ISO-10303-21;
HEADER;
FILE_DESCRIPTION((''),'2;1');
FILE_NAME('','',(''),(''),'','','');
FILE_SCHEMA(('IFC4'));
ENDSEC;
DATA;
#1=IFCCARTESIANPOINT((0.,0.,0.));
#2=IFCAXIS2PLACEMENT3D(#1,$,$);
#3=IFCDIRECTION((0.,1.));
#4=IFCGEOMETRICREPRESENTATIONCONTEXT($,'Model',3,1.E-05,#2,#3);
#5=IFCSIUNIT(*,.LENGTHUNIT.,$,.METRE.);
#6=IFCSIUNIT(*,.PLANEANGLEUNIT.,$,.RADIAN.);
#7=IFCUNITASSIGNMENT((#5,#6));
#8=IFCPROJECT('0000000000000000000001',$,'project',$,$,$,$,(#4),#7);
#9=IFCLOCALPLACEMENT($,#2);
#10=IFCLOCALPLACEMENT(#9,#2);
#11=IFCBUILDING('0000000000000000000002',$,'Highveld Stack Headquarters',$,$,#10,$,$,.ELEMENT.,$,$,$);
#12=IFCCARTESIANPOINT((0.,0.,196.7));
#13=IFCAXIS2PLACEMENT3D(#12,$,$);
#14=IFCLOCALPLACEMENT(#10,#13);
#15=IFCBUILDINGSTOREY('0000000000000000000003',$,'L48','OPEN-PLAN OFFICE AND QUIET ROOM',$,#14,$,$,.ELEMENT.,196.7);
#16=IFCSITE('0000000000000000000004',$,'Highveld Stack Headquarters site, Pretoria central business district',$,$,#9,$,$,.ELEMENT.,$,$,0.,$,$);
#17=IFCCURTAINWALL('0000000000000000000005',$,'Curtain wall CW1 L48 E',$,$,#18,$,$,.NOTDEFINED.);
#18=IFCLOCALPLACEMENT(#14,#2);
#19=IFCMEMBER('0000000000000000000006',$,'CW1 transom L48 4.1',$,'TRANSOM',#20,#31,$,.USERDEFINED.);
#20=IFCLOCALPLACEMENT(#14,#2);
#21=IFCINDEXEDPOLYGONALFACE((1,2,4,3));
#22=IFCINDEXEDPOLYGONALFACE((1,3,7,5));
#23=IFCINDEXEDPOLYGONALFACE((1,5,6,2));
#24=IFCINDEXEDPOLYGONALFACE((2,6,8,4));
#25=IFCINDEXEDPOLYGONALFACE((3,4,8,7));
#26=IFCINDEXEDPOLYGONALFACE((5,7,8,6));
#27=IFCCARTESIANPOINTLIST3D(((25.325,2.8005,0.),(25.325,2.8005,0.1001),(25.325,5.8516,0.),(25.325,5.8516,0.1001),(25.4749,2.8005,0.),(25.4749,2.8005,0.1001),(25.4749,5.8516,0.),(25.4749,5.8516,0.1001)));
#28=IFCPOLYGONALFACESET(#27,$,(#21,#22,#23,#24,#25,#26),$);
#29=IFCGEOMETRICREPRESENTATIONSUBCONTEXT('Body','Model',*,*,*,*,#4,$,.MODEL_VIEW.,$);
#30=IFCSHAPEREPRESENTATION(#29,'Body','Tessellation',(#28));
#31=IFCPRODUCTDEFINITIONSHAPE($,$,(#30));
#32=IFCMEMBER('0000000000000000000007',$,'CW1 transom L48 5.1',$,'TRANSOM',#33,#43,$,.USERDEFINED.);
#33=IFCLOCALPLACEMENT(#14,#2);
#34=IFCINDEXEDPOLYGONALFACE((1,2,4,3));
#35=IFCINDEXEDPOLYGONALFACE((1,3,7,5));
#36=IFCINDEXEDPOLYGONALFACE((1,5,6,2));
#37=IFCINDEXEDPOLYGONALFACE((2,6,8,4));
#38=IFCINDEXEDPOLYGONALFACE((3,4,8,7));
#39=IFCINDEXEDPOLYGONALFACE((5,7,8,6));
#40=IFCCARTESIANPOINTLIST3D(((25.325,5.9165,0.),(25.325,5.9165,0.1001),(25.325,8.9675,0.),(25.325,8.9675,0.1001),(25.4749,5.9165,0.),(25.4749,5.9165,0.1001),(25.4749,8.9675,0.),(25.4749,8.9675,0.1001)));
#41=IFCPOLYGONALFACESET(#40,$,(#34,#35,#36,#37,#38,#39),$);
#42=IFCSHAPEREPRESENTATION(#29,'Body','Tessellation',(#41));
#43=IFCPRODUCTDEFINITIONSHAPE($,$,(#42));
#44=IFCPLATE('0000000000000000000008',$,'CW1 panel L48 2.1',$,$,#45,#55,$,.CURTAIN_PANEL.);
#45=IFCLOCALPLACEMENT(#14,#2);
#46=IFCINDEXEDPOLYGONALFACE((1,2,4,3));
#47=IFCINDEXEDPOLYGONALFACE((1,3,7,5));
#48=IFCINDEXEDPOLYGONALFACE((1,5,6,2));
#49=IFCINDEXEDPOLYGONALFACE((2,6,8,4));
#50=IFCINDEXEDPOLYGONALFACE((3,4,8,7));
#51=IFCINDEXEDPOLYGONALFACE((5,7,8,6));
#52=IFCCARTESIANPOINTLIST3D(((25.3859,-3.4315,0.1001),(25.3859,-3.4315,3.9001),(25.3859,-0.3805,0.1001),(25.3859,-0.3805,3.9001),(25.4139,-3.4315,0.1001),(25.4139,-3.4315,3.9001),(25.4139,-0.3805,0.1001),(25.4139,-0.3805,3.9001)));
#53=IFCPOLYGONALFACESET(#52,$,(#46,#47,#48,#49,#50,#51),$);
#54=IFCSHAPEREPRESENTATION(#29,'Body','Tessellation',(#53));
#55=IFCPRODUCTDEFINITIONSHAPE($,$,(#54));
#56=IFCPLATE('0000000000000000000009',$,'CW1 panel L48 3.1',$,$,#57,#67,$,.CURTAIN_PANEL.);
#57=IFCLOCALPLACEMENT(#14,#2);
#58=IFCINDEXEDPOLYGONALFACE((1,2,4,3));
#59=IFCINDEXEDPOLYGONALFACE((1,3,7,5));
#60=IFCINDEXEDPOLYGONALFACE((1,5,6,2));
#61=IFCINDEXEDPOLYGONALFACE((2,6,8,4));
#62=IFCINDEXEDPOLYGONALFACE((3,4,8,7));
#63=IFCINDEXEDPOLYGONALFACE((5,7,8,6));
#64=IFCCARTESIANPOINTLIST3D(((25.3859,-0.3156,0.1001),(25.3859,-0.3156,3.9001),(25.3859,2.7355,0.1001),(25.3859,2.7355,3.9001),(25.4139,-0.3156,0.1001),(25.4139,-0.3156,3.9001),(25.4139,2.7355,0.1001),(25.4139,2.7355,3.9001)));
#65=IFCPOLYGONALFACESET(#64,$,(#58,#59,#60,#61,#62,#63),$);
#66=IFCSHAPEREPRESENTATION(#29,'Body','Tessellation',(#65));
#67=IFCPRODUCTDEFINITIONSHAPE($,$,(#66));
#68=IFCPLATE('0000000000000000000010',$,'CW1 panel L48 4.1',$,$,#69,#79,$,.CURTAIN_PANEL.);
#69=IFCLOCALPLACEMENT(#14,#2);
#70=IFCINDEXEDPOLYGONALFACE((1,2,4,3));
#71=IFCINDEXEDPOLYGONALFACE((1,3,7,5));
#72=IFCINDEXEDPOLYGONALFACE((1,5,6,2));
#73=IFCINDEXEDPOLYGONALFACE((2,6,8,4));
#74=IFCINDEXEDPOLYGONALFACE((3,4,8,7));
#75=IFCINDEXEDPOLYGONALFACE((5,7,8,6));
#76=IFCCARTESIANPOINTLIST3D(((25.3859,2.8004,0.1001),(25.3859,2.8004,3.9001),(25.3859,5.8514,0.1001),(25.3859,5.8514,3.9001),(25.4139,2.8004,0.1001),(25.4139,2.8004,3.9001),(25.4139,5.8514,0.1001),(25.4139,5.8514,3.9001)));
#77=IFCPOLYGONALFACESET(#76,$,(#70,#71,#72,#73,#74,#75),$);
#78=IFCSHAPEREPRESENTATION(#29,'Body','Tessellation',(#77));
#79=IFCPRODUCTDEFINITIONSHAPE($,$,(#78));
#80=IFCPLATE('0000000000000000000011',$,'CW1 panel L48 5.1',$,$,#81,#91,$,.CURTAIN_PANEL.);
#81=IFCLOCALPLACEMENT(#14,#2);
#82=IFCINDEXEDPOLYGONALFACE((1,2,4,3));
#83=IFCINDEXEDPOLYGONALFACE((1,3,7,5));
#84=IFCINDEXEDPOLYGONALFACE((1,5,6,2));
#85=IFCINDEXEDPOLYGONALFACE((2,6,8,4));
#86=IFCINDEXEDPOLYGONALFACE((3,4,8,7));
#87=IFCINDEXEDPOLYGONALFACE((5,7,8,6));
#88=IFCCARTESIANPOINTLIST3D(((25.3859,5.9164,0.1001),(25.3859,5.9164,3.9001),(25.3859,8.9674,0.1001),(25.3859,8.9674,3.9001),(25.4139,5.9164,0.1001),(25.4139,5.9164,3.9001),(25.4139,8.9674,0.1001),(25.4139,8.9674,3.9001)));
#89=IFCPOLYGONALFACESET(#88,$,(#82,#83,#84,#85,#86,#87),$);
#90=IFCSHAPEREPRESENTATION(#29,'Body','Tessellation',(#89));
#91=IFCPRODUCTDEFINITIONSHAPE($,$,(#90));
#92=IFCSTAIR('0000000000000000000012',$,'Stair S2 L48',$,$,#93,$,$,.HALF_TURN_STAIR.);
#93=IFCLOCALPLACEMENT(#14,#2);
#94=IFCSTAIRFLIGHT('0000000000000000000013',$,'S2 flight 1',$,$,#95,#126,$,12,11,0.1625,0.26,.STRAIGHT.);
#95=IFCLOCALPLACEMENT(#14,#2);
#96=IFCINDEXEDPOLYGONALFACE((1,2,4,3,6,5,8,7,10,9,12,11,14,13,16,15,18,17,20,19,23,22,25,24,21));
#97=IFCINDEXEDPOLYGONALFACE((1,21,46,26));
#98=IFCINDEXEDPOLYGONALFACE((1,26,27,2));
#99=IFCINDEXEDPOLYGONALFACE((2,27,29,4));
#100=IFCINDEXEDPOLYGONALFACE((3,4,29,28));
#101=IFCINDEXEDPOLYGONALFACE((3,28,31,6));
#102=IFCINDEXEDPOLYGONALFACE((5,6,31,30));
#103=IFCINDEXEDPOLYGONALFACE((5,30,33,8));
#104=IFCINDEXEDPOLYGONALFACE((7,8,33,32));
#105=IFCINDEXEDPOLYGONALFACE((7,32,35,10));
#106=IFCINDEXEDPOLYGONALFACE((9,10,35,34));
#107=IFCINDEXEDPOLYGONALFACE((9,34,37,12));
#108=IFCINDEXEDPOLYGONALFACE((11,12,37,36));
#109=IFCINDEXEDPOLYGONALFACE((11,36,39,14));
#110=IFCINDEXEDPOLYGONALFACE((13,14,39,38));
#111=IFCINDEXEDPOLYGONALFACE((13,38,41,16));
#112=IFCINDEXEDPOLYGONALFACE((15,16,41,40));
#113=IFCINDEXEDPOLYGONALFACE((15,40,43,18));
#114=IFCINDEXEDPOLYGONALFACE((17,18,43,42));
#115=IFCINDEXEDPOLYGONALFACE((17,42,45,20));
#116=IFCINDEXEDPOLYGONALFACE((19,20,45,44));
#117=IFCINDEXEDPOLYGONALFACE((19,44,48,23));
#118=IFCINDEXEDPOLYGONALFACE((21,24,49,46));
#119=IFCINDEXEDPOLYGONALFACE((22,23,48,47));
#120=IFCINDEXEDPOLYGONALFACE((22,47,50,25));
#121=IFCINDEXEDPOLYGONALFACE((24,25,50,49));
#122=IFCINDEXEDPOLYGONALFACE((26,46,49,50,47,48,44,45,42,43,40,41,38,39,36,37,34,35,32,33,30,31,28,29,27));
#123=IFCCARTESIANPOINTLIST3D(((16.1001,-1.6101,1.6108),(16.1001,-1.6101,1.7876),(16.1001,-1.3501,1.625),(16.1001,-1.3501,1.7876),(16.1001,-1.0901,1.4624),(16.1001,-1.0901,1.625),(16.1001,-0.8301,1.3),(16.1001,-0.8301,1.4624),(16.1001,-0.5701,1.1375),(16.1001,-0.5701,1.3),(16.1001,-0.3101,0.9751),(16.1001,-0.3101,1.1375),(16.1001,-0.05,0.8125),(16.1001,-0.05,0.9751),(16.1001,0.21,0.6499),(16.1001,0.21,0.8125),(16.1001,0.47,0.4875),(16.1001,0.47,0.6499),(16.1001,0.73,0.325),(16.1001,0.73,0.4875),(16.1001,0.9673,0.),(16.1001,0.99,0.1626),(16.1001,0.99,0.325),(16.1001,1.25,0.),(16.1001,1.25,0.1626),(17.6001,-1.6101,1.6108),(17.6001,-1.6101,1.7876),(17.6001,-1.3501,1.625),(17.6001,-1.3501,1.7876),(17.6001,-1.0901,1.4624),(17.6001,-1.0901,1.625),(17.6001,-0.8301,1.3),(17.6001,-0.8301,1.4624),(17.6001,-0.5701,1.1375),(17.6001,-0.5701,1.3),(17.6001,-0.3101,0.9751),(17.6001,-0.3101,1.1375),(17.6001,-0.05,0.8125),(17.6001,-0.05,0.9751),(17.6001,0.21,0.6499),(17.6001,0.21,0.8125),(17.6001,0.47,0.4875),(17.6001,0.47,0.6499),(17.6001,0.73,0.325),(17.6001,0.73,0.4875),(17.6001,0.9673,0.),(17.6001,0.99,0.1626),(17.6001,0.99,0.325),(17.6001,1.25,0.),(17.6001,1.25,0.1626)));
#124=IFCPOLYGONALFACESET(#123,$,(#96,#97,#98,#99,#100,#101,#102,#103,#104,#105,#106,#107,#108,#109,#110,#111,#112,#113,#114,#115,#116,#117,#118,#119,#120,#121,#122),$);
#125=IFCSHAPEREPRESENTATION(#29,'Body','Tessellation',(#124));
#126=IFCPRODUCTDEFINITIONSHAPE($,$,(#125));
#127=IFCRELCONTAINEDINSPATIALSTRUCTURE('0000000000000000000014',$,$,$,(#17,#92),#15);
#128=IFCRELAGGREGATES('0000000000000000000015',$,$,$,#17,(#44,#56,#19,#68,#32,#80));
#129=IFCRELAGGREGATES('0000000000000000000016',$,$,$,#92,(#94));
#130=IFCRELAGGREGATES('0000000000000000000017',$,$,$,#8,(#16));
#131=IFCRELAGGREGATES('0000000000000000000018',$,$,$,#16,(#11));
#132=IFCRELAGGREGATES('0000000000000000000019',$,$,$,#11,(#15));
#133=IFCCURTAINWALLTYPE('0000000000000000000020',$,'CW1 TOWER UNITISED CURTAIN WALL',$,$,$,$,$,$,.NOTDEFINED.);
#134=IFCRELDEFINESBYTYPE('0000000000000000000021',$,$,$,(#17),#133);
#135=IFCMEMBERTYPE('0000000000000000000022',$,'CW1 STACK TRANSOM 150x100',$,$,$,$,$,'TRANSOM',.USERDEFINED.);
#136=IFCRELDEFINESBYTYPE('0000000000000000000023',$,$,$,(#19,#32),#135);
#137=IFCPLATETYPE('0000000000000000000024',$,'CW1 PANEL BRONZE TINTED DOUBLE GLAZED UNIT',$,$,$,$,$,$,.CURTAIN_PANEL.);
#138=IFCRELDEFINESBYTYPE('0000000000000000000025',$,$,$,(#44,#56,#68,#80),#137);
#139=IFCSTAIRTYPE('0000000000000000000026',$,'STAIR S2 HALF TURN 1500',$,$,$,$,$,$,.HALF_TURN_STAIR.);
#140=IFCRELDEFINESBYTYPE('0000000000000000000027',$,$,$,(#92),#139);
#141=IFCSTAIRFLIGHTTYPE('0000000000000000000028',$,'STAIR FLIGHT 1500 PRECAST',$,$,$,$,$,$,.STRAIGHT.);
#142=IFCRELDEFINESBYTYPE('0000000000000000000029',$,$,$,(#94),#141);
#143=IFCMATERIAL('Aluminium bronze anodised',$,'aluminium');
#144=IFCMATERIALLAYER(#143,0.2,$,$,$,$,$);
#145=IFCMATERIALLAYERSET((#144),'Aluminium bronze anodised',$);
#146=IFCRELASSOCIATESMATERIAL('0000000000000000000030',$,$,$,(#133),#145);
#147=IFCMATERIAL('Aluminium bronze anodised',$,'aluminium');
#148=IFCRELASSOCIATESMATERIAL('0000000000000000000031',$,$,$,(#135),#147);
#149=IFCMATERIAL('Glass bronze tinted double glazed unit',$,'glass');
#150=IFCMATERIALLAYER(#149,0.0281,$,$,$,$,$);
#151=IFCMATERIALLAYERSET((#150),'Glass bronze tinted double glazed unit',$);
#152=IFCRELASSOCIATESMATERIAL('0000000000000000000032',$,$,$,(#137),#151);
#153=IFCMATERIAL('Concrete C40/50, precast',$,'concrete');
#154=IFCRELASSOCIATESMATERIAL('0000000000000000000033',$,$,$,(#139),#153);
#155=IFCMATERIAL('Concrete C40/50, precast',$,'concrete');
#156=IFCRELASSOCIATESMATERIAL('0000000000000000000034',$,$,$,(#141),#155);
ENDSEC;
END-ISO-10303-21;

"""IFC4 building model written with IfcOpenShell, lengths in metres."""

from ifc_helpers import new_model, si_unit, direction, frame, origin, origin_2d, place, context, subcontext, project, spatial, polyline, rectangle, outline, extrude, material, layer, layer_set, material_profile, profile_set, type_object, element, aggregate, save


model = new_model("IFC4")

# Units and contexts
model_context = context("Model", 3, precision=1e-05, world=origin(), true_north=direction((0.0, 1.0)))
body_context = subcontext(model_context, "Body", "Model", "MODEL_VIEW")
ifc_project = project(units=[si_unit("LENGTHUNIT", "METRE"), si_unit("PLANEANGLEUNIT", "RADIAN")], contexts=[model_context])

# Site, building, storey
site_placement = place(None, origin())
site = spatial("IfcSite", under=ifc_project, at=site_placement, Name="Highveld Stack Headquarters site, Pretoria central business district", CompositionType="ELEMENT", RefElevation=0.0)
building_placement = place(site_placement, origin())
building = spatial("IfcBuilding", under=site, at=building_placement, Name="Highveld Stack Headquarters", CompositionType="ELEMENT")
storey_placement = place(building_placement, frame((0.0, 0.0, 196.7)))
storey = spatial("IfcBuildingStorey", under=building, at=storey_placement, Name="L48", Description="OPEN-PLAN OFFICE AND QUIET ROOM", CompositionType="ELEMENT", Elevation=196.7)

# Curtain wall, members, plates
ifc_material_1 = material(Name="Aluminium bronze anodised", Category="aluminium")
ifc_layer_1 = layer(ifc_material_1, 0.2)
ifc_layer_set_1 = layer_set([ifc_layer_1], Name="Aluminium bronze anodised")
curtain_wall_type = type_object("IfcCurtainWallType", Name="CW1 TOWER UNITISED CURTAIN WALL", PredefinedType="NOTDEFINED", material=ifc_layer_set_1)
curtain_wall_placement = place(storey_placement, origin())
curtain_wall = element("IfcCurtainWall", 1, at=curtain_wall_placement, inside=storey, type_object=curtain_wall_type, Name="Curtain wall CW1 L48 E", PredefinedType="NOTDEFINED")
ifc_material_2 = material(Name="Aluminium bronze anodised", Category="aluminium")
ifc_material_profile_1 = material_profile(ifc_material_2, rectangle(XDim=0.1499, YDim=0.1001, at=origin_2d()), Name="CW1 TRANSOM 150x100")
ifc_profile_set_1 = profile_set([ifc_material_profile_1], Name="Aluminium bronze anodised")
member_type_1 = type_object("IfcMemberType", Name="CW1 STACK TRANSOM 150x100", ElementType="TRANSOM", PredefinedType="USERDEFINED", material=ifc_profile_set_1)
member_1_placement = place(storey_placement, frame((25.3999, 2.8005, 0.05), z_axis=(0.0, 1.0, 0.0), x_axis=(-1.0, 0.0, 0.0)))
member_1 = element("IfcMember", 2, at=member_1_placement, type_object=member_type_1, Name="CW1 transom L48 4.1", ObjectType="TRANSOM", PredefinedType="USERDEFINED", context=body_context, shape_type="SweptSolid", body=[
    extrude(rectangle(XDim=0.1499, YDim=0.1001, at=origin_2d()), origin(), (0.0, 0.0, 1.0), 3.051),
])
member_2_placement = place(storey_placement, frame((25.3999, 5.9165, 0.05), z_axis=(0.0, 1.0, 0.0), x_axis=(-1.0, 0.0, 0.0)))
member_2 = element("IfcMember", 3, at=member_2_placement, type_object=member_type_1, Name="CW1 transom L48 5.1", ObjectType="TRANSOM", PredefinedType="USERDEFINED", context=body_context, shape_type="SweptSolid", body=[
    extrude(rectangle(XDim=0.1499, YDim=0.1001, at=origin_2d()), origin(), (0.0, 0.0, 1.0), 3.051),
])
ifc_material_3 = material(Name="Glass bronze tinted double glazed unit", Category="glass")
ifc_layer_2 = layer(ifc_material_3, 0.0281)
ifc_layer_set_2 = layer_set([ifc_layer_2], Name="Glass bronze tinted double glazed unit")
plate_type = type_object("IfcPlateType", Name="CW1 PANEL BRONZE TINTED DOUBLE GLAZED UNIT", PredefinedType="CURTAIN_PANEL", material=ifc_layer_set_2)
plate_1_placement = place(storey_placement, frame((25.3999, -1.906, 0.1001), z_axis=(0.0, 0.0, 1.0), x_axis=(0.0, 1.0, 0.0)))
plate_1 = element("IfcPlate", 4, at=plate_1_placement, type_object=plate_type, Name="CW1 panel L48 2.1", PredefinedType="CURTAIN_PANEL", context=body_context, shape_type="SweptSolid", body=[
    extrude(rectangle(XDim=3.051, YDim=0.0281, at=origin_2d()), origin(), (0.0, 0.0, 1.0), 3.8),
])
plate_2_placement = place(storey_placement, frame((25.3999, 1.21, 0.1001), z_axis=(0.0, 0.0, 1.0), x_axis=(0.0, 1.0, 0.0)))
plate_2 = element("IfcPlate", 5, at=plate_2_placement, type_object=plate_type, Name="CW1 panel L48 3.1", PredefinedType="CURTAIN_PANEL", context=body_context, shape_type="SweptSolid", body=[
    extrude(rectangle(XDim=3.051, YDim=0.0281, at=origin_2d()), origin(), (0.0, 0.0, 1.0), 3.8),
])
plate_3_placement = place(storey_placement, frame((25.3999, 4.3259, 0.1001), z_axis=(0.0, 0.0, 1.0), x_axis=(0.0, 1.0, 0.0)))
plate_3 = element("IfcPlate", 6, at=plate_3_placement, type_object=plate_type, Name="CW1 panel L48 4.1", PredefinedType="CURTAIN_PANEL", context=body_context, shape_type="SweptSolid", body=[
    extrude(rectangle(XDim=3.051, YDim=0.0281, at=origin_2d()), origin(), (0.0, 0.0, 1.0), 3.8),
])
plate_4_placement = place(storey_placement, frame((25.3999, 7.4419, 0.1001), z_axis=(0.0, 0.0, 1.0), x_axis=(0.0, 1.0, 0.0)))
plate_4 = element("IfcPlate", 7, at=plate_4_placement, type_object=plate_type, Name="CW1 panel L48 5.1", PredefinedType="CURTAIN_PANEL", context=body_context, shape_type="SweptSolid", body=[
    extrude(rectangle(XDim=3.051, YDim=0.0281, at=origin_2d()), origin(), (0.0, 0.0, 1.0), 3.8),
])
aggregate(curtain_wall, [plate_1, plate_2, member_1, plate_3, member_2, plate_4])

# Stair, stair flight
ifc_material_4 = material(Name="Concrete C40/50, precast", Category="concrete")
stair_type = type_object("IfcStairType", Name="STAIR S2 HALF TURN 1500", PredefinedType="HALF_TURN_STAIR", material=ifc_material_4)
stair_placement = place(storey_placement, origin())
stair = element("IfcStair", 8, at=stair_placement, inside=storey, type_object=stair_type, Name="Stair S2 L48", PredefinedType="HALF_TURN_STAIR")
ifc_material_5 = material(Name="Concrete C40/50, precast", Category="concrete")
stair_flight_type = type_object("IfcStairFlightType", Name="STAIR FLIGHT 1500 PRECAST", PredefinedType="STRAIGHT", material=ifc_material_5)
stair_flight_placement = place(storey_placement, frame((16.8501, 1.25, 0.0), z_axis=(0.0, 0.0, 1.0), x_axis=(0.0, -1.0, 0.0)))
stair_flight = element("IfcStairFlight", 9, at=stair_flight_placement, type_object=stair_flight_type, Name="S2 flight 1", NumberOfRisers=12, NumberOfTreads=11, PredefinedType="STRAIGHT", RiserHeight=0.1625, TreadLength=0.26, context=body_context, shape_type="SweptSolid", body=[
    extrude(outline(polyline([(0.0, 0.0), (0.0, 0.1626), (0.26, 0.1626), (0.26, 0.325), (0.52, 0.325), (0.52, 0.4875), (0.78, 0.4875), (0.78, 0.6499), (1.04, 0.6499), (1.04, 0.8125), (1.3, 0.8125), (1.3, 0.9751), (1.5601, 0.9751), (1.5601, 1.1375), (1.8201, 1.1375), (1.8201, 1.3), (2.0801, 1.3), (2.0801, 1.4624), (2.3401, 1.4624), (2.3401, 1.625), (2.6001, 1.625), (2.6001, 1.7876), (2.8601, 1.7876), (2.8601, 1.95), (2.8601, 1.6108), (0.2827, 0.0), (0.0, 0.0)])), frame((0.0, 0.75, 0.0), z_axis=(0.0, -1.0, 0.0), x_axis=(1.0, 0.0, 0.0)), (0.0, 0.0, 1.0), 1.5),
])
aggregate(stair, [stair_flight])

save(model, "model.ifc")
